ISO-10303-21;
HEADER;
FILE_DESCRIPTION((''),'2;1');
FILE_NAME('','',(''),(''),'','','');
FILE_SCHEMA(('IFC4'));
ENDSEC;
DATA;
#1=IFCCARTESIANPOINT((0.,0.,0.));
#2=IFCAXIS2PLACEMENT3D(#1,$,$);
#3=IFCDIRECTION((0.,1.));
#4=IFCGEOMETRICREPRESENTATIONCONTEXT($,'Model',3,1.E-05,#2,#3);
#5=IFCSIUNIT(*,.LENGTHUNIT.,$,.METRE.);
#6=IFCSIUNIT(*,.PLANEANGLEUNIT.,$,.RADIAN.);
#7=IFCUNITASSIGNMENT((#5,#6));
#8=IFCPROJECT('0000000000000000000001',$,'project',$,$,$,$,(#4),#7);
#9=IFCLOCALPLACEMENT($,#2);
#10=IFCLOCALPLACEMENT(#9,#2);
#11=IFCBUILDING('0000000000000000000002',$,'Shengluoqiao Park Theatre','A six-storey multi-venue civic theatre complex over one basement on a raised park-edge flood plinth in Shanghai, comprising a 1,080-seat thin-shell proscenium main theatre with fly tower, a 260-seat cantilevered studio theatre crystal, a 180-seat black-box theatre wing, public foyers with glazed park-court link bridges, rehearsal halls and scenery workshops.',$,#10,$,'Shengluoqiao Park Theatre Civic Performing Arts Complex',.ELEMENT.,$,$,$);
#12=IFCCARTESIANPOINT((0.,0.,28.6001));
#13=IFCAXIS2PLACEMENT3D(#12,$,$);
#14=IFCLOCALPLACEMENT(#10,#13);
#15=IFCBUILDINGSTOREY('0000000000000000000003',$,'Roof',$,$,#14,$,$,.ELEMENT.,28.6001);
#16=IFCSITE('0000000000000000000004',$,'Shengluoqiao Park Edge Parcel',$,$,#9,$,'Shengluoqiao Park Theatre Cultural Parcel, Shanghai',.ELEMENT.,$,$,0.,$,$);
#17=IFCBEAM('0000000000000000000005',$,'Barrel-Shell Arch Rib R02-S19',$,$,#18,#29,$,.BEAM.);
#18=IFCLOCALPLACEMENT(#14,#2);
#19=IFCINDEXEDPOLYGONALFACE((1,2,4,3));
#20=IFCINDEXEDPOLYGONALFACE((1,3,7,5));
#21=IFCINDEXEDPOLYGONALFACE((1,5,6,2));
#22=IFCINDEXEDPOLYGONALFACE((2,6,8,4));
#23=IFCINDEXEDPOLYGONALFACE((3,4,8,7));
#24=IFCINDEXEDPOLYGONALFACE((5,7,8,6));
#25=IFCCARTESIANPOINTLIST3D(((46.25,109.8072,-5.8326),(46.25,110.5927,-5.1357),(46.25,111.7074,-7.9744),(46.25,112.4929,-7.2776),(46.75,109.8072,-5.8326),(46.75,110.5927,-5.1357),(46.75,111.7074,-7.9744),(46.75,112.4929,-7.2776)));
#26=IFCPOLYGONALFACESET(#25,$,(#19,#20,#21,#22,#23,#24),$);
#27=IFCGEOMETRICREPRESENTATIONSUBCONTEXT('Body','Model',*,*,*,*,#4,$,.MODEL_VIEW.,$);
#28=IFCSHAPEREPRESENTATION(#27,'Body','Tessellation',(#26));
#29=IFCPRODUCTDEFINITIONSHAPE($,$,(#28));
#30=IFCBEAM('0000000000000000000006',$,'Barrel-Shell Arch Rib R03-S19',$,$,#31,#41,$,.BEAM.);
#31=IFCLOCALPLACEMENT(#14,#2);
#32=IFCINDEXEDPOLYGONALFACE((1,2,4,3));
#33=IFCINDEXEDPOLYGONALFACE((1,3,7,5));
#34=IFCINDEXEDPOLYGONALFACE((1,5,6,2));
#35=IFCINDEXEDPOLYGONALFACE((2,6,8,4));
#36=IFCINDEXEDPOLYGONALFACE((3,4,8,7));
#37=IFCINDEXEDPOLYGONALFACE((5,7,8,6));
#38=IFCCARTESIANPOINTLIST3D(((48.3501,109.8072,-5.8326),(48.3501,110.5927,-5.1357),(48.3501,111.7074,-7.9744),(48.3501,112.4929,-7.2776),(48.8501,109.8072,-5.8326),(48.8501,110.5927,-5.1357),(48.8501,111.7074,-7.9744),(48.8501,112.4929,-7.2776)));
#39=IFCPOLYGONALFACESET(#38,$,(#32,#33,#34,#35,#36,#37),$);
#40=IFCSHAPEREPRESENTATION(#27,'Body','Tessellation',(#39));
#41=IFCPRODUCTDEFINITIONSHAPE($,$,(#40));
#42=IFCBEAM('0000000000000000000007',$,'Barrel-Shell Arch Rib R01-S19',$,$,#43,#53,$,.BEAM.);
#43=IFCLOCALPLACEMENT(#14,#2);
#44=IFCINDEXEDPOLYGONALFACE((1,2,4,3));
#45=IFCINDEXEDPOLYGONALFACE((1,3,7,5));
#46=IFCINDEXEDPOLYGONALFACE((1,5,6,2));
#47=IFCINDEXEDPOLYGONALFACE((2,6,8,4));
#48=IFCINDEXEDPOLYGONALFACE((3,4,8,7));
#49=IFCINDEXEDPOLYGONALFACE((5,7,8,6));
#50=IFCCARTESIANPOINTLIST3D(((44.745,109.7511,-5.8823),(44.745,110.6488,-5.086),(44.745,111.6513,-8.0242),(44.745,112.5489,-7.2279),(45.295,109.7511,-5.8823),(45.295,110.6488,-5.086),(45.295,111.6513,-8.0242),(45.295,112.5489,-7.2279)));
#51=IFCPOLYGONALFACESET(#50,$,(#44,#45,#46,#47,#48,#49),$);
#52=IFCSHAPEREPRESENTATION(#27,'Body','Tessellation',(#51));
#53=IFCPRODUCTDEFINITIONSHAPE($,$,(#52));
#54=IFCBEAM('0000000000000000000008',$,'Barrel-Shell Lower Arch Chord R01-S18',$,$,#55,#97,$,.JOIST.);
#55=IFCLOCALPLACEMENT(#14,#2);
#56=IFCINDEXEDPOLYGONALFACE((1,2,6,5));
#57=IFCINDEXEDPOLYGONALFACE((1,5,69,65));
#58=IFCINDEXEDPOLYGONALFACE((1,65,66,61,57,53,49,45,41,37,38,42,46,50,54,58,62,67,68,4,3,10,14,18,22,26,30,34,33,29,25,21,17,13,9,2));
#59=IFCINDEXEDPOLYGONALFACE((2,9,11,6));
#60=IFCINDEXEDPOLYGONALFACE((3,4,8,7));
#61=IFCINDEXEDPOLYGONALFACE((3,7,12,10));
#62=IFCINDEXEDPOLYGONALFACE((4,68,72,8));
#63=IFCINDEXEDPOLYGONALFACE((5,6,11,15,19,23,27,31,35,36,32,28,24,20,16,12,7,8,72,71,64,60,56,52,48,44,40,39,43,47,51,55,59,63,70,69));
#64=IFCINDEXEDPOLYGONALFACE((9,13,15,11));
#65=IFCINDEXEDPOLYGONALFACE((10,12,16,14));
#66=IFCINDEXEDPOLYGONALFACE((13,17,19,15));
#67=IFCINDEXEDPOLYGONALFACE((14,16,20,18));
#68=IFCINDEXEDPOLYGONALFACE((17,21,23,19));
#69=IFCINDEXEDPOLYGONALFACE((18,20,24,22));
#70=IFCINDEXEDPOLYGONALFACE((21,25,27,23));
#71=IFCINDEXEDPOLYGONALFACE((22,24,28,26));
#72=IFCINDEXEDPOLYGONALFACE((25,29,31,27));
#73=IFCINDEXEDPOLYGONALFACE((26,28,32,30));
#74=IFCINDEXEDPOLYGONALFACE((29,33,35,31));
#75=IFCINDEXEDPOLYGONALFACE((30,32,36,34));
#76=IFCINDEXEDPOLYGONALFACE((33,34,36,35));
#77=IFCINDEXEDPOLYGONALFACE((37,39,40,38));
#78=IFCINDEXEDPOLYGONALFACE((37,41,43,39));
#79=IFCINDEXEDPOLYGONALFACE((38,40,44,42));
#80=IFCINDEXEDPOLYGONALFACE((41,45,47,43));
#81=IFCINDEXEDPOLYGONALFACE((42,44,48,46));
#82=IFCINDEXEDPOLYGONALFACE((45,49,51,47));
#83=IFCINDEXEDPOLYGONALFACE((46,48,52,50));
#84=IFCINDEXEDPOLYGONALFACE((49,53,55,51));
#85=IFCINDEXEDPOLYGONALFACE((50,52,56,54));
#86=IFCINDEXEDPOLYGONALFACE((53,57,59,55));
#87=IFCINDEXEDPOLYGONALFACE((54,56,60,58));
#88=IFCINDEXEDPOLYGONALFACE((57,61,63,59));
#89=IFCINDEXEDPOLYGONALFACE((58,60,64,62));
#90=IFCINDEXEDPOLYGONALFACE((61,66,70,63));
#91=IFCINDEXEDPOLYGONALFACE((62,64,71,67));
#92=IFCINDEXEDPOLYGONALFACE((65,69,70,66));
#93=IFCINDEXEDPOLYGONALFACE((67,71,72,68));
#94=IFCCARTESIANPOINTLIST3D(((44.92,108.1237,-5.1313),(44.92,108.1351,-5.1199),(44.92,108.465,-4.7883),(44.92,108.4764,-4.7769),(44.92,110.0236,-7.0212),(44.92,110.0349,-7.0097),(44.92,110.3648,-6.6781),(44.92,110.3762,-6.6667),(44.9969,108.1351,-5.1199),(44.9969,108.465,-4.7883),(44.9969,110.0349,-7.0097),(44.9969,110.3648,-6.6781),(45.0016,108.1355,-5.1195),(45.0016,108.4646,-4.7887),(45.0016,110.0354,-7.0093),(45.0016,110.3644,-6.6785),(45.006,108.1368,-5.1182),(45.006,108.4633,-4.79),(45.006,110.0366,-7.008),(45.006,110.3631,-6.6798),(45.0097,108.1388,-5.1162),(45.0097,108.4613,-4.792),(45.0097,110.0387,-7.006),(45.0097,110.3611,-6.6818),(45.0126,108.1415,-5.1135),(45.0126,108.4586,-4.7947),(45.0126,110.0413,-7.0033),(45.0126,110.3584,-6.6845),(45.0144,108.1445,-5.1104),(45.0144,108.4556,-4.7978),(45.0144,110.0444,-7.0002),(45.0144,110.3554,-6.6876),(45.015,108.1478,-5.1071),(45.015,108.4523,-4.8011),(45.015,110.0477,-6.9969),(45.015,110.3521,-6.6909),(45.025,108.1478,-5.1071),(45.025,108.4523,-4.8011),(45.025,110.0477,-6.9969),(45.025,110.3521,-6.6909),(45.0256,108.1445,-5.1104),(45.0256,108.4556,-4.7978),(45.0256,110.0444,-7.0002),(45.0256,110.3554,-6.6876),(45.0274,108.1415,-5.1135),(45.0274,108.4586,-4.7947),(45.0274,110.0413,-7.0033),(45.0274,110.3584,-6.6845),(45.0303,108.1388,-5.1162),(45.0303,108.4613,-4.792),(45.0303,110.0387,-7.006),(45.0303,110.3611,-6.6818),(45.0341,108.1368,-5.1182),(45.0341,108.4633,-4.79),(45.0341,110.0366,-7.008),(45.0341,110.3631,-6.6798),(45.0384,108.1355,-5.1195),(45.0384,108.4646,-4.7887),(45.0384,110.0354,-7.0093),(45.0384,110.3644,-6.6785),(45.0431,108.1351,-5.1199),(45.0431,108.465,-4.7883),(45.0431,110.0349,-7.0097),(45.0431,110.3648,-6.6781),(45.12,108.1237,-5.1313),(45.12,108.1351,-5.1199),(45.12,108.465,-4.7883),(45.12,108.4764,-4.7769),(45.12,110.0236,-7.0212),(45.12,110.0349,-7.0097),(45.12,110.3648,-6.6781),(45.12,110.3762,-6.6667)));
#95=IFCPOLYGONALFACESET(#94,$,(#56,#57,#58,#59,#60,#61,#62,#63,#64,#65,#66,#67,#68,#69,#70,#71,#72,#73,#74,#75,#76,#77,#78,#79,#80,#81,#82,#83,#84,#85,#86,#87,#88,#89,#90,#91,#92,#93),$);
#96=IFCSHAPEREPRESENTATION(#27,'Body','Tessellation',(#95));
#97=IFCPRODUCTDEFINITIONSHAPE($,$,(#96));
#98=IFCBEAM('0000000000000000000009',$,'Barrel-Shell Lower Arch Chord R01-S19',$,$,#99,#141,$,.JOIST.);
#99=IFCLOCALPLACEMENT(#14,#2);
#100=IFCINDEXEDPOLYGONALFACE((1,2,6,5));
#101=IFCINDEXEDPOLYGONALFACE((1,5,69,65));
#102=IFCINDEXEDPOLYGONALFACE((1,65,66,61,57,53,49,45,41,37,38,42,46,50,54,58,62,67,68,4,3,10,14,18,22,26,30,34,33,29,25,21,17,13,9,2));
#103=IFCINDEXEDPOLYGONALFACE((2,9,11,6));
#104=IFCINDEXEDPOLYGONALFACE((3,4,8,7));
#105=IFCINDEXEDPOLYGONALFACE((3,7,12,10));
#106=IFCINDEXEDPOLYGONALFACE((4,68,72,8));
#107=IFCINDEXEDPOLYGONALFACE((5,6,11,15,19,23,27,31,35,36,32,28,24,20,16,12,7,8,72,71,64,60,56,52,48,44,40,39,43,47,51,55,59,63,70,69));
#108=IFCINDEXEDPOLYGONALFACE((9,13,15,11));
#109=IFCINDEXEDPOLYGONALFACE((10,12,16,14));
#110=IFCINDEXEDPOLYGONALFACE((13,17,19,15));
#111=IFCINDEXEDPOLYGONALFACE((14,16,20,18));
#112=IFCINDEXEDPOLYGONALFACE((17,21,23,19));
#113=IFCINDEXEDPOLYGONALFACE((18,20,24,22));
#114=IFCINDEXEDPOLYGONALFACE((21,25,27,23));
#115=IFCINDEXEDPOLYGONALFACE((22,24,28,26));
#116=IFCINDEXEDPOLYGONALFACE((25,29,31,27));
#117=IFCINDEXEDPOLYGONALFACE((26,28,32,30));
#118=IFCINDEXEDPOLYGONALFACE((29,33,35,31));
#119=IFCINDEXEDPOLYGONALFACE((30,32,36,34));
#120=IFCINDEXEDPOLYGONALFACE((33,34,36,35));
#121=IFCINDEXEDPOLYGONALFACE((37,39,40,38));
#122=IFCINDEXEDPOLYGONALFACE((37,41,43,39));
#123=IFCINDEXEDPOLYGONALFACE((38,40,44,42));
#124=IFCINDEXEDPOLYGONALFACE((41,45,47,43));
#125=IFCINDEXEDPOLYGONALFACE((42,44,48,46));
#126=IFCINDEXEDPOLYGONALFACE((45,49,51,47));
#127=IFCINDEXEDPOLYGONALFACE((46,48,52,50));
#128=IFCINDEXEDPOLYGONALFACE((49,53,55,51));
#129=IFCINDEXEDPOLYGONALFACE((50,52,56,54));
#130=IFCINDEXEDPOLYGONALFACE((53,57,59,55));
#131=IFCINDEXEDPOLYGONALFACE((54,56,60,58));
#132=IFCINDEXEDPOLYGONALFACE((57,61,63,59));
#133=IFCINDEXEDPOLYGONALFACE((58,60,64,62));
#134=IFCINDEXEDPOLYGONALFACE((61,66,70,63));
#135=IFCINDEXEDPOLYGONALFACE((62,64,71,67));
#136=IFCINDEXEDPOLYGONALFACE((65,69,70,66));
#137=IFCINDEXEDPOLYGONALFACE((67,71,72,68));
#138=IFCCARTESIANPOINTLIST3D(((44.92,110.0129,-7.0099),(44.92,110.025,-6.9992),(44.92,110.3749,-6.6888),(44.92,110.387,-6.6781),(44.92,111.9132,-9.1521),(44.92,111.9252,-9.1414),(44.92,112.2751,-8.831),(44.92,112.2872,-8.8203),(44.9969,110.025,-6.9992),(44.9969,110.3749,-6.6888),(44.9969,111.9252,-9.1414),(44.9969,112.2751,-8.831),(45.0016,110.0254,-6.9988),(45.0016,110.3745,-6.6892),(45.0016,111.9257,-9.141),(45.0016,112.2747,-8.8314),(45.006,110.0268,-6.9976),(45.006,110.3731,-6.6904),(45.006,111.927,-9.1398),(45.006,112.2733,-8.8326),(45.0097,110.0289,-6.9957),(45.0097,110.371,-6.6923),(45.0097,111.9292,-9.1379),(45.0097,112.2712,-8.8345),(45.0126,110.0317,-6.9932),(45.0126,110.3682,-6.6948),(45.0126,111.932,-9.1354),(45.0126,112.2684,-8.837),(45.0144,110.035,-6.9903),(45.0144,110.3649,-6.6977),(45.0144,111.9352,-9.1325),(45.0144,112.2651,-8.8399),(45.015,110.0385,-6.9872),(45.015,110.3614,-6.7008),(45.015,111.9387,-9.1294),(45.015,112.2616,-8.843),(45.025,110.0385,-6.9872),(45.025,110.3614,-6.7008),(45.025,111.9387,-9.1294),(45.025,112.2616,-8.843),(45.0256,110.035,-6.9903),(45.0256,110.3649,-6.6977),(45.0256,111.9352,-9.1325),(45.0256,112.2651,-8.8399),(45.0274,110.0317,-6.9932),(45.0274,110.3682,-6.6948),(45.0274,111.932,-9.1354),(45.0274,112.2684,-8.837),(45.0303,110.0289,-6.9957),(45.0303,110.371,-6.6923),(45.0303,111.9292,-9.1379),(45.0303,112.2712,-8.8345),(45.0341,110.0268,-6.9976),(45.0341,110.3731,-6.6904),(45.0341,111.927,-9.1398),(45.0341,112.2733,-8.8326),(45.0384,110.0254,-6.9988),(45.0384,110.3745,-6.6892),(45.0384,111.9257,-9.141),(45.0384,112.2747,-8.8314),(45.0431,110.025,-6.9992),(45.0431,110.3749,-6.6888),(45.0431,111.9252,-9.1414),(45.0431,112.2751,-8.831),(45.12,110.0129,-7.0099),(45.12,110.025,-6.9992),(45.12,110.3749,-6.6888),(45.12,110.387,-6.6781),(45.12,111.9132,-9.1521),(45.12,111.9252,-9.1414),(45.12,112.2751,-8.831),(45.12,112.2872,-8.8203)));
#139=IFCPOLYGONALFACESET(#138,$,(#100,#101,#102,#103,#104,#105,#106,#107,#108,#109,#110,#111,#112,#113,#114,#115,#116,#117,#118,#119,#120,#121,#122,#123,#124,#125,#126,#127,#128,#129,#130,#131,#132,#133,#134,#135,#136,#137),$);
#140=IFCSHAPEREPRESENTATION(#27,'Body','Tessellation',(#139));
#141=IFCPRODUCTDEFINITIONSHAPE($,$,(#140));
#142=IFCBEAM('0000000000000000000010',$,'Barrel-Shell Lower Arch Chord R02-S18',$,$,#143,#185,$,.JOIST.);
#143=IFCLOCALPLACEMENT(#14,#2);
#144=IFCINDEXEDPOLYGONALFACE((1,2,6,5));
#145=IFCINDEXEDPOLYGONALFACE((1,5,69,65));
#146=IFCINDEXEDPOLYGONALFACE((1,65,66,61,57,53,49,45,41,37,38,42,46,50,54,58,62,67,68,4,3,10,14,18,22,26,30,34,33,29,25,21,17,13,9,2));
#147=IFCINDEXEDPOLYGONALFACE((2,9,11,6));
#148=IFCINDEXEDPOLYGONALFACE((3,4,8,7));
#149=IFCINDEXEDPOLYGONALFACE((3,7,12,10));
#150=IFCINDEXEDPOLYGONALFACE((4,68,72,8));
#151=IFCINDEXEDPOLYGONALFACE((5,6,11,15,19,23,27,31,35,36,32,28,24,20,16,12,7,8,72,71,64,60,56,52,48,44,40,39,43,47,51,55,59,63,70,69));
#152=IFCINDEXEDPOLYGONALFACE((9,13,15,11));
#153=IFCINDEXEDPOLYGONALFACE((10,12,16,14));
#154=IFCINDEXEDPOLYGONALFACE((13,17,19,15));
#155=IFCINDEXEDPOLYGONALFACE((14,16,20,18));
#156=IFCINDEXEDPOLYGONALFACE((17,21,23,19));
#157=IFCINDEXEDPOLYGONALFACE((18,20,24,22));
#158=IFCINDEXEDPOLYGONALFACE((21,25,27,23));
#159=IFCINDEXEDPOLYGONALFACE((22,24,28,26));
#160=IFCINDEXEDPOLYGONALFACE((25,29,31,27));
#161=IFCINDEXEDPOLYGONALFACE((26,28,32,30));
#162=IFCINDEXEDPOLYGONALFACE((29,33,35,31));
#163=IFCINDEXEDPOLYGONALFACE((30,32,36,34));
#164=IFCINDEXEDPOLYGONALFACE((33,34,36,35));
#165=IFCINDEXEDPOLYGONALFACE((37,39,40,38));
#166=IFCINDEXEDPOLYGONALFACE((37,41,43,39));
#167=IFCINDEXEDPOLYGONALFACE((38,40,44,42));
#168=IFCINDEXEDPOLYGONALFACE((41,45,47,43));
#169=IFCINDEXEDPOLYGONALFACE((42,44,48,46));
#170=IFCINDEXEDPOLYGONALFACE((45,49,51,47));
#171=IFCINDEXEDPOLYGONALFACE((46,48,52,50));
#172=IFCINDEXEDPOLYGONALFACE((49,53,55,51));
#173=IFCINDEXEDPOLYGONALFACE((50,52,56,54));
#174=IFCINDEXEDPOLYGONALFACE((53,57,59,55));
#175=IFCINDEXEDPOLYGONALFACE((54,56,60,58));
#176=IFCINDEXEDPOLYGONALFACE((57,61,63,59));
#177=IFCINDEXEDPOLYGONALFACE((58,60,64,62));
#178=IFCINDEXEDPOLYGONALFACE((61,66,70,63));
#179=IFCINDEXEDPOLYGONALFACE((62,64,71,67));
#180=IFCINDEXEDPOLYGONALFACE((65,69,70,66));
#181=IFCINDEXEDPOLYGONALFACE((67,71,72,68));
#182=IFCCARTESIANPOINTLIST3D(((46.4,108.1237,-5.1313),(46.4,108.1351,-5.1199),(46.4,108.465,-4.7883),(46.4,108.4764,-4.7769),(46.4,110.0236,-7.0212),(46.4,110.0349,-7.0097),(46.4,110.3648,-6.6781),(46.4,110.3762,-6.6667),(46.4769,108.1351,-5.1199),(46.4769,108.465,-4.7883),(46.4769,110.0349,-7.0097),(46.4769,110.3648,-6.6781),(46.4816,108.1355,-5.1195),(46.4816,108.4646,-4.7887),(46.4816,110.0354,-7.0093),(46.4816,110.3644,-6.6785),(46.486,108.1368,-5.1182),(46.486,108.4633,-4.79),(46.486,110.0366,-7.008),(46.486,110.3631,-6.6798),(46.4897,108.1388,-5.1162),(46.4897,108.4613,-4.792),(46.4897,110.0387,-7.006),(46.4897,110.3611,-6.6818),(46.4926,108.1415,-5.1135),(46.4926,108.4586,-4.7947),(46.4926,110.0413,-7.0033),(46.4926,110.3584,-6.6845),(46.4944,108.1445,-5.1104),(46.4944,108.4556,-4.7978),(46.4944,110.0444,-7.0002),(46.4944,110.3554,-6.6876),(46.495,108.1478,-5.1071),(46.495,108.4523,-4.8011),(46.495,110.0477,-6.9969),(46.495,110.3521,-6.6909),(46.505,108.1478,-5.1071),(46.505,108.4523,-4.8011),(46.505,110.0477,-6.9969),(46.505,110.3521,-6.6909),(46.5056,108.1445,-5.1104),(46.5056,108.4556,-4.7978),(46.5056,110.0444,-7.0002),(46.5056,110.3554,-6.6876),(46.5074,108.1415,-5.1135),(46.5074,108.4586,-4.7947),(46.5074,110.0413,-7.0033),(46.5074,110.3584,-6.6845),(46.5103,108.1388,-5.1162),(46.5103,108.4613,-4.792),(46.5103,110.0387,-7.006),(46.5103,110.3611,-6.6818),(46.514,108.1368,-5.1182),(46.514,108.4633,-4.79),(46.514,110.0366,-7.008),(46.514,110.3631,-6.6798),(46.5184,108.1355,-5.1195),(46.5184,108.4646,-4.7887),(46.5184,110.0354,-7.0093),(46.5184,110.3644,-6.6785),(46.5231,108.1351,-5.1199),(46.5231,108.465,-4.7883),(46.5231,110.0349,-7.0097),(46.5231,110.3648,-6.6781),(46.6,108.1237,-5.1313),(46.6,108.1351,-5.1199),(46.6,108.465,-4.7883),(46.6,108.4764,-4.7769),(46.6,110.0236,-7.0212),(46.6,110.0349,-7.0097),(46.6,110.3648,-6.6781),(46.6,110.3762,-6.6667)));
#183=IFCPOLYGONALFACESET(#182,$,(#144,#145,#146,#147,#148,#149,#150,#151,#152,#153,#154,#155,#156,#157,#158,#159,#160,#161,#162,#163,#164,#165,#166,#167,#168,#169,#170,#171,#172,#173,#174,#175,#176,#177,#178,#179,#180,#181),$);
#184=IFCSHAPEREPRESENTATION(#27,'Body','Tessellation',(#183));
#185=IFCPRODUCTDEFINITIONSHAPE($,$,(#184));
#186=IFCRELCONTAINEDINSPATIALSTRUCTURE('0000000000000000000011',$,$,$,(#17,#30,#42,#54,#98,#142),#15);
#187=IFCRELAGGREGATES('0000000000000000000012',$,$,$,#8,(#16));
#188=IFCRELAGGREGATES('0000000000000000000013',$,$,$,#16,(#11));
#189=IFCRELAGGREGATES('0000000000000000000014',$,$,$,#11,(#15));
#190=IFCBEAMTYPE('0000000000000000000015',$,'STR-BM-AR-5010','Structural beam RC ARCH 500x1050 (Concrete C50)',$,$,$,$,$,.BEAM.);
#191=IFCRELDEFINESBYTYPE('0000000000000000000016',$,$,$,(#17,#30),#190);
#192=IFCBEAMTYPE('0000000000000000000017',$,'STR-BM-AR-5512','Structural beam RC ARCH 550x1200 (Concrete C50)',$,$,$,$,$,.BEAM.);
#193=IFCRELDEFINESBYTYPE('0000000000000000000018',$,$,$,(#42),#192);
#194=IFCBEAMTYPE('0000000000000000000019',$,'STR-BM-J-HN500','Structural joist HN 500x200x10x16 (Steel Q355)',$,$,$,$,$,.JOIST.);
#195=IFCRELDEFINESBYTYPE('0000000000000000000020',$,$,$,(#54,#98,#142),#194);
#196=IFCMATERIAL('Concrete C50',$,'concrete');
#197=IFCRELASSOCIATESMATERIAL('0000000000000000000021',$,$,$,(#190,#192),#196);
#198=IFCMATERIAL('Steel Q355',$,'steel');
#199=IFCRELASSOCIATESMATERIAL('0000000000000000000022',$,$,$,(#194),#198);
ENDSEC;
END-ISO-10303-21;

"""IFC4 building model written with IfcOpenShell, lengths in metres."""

from ifc_helpers import new_model, si_unit, direction, frame, origin, origin_2d, place, context, subcontext, project, spatial, rectangle, i_section, extrude, material, material_profile, profile_set, type_object, element, save


model = new_model("IFC4")

# Units and contexts
model_context = context("Model", 3, precision=1e-05, world=origin(), true_north=direction((0.0, 1.0)))
body_context = subcontext(model_context, "Body", "Model", "MODEL_VIEW")
ifc_project = project(units=[si_unit("LENGTHUNIT", "METRE"), si_unit("PLANEANGLEUNIT", "RADIAN")], contexts=[model_context])

# Site, building, storey
site_placement = place(None, origin())
site = spatial("IfcSite", under=ifc_project, at=site_placement, Name="Shengluoqiao Park Edge Parcel", LongName="Shengluoqiao Park Theatre Cultural Parcel, Shanghai", CompositionType="ELEMENT", RefElevation=0.0)
building_placement = place(site_placement, origin())
building = spatial("IfcBuilding", under=site, at=building_placement, Name="Shengluoqiao Park Theatre", Description="A six-storey multi-venue civic theatre complex over one basement on a raised park-edge flood plinth in Shanghai, comprising a 1,080-seat thin-shell proscenium main theatre with fly tower, a 260-seat cantilevered studio theatre crystal, a 180-seat black-box theatre wing, public foyers with glazed park-court link bridges, rehearsal halls and scenery workshops.", LongName="Shengluoqiao Park Theatre Civic Performing Arts Complex", CompositionType="ELEMENT")
storey_placement = place(building_placement, frame((0.0, 0.0, 28.6001)))
storey = spatial("IfcBuildingStorey", under=building, at=storey_placement, Name="Roof", CompositionType="ELEMENT", Elevation=28.6001)

# Beams
ifc_material_1 = material(Name="Concrete C50", Category="concrete")
ifc_material_profile_1 = material_profile(ifc_material_1, rectangle(XDim=0.5, YDim=1.05, at=origin_2d()), Name="RC ARCH 500x1050")
ifc_profile_set_1 = profile_set([ifc_material_profile_1], Name="Concrete C50")
beam_type_1 = type_object("IfcBeamType", Name="STR-BM-AR-5010", Description="Structural beam RC ARCH 500x1050 (Concrete C50)", PredefinedType="BEAM", material=ifc_profile_set_1)
for number, where, z_axis, x_axis, name in (
    (1, (46.5, 110.2, -5.4841), (0.0, 0.663638, -0.748053), (-1.0, 0.0, 0.0), "Barrel-Shell Arch Rib R02-S19"),
    (2, (48.6001, 110.2, -5.4841), (0.0, 0.663638, -0.748053), (-1.0, 0.0, 0.0), "Barrel-Shell Arch Rib R03-S19"),
):
    element("IfcBeam", number, at=place(storey_placement, frame(where, z_axis=z_axis, x_axis=x_axis)), inside=storey, type_object=beam_type_1, Name=name, PredefinedType="BEAM", context=body_context, shape_type="SweptSolid", body=[
        extrude(rectangle(XDim=0.5, YDim=1.05, at=origin_2d()), origin(), (0.0, 0.0, 1.0), 2.8633),
    ])
ifc_material_profile_2 = material_profile(ifc_material_1, rectangle(XDim=0.55, YDim=1.2, at=origin_2d()), Name="RC ARCH 550x1200")
ifc_profile_set_2 = profile_set([ifc_material_profile_2], Name="Concrete C50")
beam_type_2 = type_object("IfcBeamType", Name="STR-BM-AR-5512", Description="Structural beam RC ARCH 550x1200 (Concrete C50)", PredefinedType="BEAM", material=ifc_profile_set_2)
beam_1_placement = place(storey_placement, frame((45.02, 110.2, -5.4841), z_axis=(0.0, 0.663638, -0.748053), x_axis=(-1.0, 0.0, 0.0)))
element("IfcBeam", 3, at=beam_1_placement, inside=storey, type_object=beam_type_2, Name="Barrel-Shell Arch Rib R01-S19", PredefinedType="BEAM", context=body_context, shape_type="SweptSolid", body=[
    extrude(rectangle(XDim=0.55, YDim=1.2, at=origin_2d()), origin(), (0.0, 0.0, 1.0), 2.8633),
])
ifc_material_2 = material(Name="Steel Q355", Category="steel")
ifc_material_profile_3 = material_profile(ifc_material_2, i_section(OverallWidth=0.2, OverallDepth=0.5, WebThickness=0.01, FlangeThickness=0.0161, FilletRadius=0.0181, at=origin_2d()), Name="HN 500x200x10x16")
ifc_profile_set_3 = profile_set([ifc_material_profile_3], Name="Steel Q355")
beam_type_3 = type_object("IfcBeamType", Name="STR-BM-J-HN500", Description="Structural joist HN 500x200x10x16 (Steel Q355)", PredefinedType="JOIST", material=ifc_profile_set_3)
beam_2_placement = place(storey_placement, frame((45.02, 108.3, -4.9541), z_axis=(0.0, 0.708972, -0.705237), x_axis=(-1.0, 0.0, 0.0)))
element("IfcBeam", 4, at=beam_2_placement, inside=storey, type_object=beam_type_3, Name="Barrel-Shell Lower Arch Chord R01-S18", PredefinedType="JOIST", context=body_context, shape_type="SweptSolid", body=[
    extrude(i_section(OverallWidth=0.2, OverallDepth=0.5, WebThickness=0.01, FlangeThickness=0.0161, FilletRadius=0.0181, at=origin_2d()), origin(), (0.0, 0.0, 1.0), 2.6797),
])
beam_3_placement = place(storey_placement, frame((45.02, 110.2, -6.844), z_axis=(0.0, 0.663596, -0.748091), x_axis=(-1.0, 0.0, 0.0)))
element("IfcBeam", 5, at=beam_3_placement, inside=storey, type_object=beam_type_3, Name="Barrel-Shell Lower Arch Chord R01-S19", PredefinedType="JOIST", context=body_context, shape_type="SweptSolid", body=[
    extrude(i_section(OverallWidth=0.2, OverallDepth=0.5, WebThickness=0.01, FlangeThickness=0.0161, FilletRadius=0.0181, at=origin_2d()), origin(), (0.0, 0.0, 1.0), 2.8635),
])
beam_4_placement = place(storey_placement, frame((46.5, 108.3, -4.9541), z_axis=(0.0, 0.708972, -0.705237), x_axis=(-1.0, 0.0, 0.0)))
element("IfcBeam", 6, at=beam_4_placement, inside=storey, type_object=beam_type_3, Name="Barrel-Shell Lower Arch Chord R02-S18", PredefinedType="JOIST", context=body_context, shape_type="SweptSolid", body=[
    extrude(i_section(OverallWidth=0.2, OverallDepth=0.5, WebThickness=0.01, FlangeThickness=0.0161, FilletRadius=0.0181, at=origin_2d()), origin(), (0.0, 0.0, 1.0), 2.6797),
])

save(model, "model.ifc")
